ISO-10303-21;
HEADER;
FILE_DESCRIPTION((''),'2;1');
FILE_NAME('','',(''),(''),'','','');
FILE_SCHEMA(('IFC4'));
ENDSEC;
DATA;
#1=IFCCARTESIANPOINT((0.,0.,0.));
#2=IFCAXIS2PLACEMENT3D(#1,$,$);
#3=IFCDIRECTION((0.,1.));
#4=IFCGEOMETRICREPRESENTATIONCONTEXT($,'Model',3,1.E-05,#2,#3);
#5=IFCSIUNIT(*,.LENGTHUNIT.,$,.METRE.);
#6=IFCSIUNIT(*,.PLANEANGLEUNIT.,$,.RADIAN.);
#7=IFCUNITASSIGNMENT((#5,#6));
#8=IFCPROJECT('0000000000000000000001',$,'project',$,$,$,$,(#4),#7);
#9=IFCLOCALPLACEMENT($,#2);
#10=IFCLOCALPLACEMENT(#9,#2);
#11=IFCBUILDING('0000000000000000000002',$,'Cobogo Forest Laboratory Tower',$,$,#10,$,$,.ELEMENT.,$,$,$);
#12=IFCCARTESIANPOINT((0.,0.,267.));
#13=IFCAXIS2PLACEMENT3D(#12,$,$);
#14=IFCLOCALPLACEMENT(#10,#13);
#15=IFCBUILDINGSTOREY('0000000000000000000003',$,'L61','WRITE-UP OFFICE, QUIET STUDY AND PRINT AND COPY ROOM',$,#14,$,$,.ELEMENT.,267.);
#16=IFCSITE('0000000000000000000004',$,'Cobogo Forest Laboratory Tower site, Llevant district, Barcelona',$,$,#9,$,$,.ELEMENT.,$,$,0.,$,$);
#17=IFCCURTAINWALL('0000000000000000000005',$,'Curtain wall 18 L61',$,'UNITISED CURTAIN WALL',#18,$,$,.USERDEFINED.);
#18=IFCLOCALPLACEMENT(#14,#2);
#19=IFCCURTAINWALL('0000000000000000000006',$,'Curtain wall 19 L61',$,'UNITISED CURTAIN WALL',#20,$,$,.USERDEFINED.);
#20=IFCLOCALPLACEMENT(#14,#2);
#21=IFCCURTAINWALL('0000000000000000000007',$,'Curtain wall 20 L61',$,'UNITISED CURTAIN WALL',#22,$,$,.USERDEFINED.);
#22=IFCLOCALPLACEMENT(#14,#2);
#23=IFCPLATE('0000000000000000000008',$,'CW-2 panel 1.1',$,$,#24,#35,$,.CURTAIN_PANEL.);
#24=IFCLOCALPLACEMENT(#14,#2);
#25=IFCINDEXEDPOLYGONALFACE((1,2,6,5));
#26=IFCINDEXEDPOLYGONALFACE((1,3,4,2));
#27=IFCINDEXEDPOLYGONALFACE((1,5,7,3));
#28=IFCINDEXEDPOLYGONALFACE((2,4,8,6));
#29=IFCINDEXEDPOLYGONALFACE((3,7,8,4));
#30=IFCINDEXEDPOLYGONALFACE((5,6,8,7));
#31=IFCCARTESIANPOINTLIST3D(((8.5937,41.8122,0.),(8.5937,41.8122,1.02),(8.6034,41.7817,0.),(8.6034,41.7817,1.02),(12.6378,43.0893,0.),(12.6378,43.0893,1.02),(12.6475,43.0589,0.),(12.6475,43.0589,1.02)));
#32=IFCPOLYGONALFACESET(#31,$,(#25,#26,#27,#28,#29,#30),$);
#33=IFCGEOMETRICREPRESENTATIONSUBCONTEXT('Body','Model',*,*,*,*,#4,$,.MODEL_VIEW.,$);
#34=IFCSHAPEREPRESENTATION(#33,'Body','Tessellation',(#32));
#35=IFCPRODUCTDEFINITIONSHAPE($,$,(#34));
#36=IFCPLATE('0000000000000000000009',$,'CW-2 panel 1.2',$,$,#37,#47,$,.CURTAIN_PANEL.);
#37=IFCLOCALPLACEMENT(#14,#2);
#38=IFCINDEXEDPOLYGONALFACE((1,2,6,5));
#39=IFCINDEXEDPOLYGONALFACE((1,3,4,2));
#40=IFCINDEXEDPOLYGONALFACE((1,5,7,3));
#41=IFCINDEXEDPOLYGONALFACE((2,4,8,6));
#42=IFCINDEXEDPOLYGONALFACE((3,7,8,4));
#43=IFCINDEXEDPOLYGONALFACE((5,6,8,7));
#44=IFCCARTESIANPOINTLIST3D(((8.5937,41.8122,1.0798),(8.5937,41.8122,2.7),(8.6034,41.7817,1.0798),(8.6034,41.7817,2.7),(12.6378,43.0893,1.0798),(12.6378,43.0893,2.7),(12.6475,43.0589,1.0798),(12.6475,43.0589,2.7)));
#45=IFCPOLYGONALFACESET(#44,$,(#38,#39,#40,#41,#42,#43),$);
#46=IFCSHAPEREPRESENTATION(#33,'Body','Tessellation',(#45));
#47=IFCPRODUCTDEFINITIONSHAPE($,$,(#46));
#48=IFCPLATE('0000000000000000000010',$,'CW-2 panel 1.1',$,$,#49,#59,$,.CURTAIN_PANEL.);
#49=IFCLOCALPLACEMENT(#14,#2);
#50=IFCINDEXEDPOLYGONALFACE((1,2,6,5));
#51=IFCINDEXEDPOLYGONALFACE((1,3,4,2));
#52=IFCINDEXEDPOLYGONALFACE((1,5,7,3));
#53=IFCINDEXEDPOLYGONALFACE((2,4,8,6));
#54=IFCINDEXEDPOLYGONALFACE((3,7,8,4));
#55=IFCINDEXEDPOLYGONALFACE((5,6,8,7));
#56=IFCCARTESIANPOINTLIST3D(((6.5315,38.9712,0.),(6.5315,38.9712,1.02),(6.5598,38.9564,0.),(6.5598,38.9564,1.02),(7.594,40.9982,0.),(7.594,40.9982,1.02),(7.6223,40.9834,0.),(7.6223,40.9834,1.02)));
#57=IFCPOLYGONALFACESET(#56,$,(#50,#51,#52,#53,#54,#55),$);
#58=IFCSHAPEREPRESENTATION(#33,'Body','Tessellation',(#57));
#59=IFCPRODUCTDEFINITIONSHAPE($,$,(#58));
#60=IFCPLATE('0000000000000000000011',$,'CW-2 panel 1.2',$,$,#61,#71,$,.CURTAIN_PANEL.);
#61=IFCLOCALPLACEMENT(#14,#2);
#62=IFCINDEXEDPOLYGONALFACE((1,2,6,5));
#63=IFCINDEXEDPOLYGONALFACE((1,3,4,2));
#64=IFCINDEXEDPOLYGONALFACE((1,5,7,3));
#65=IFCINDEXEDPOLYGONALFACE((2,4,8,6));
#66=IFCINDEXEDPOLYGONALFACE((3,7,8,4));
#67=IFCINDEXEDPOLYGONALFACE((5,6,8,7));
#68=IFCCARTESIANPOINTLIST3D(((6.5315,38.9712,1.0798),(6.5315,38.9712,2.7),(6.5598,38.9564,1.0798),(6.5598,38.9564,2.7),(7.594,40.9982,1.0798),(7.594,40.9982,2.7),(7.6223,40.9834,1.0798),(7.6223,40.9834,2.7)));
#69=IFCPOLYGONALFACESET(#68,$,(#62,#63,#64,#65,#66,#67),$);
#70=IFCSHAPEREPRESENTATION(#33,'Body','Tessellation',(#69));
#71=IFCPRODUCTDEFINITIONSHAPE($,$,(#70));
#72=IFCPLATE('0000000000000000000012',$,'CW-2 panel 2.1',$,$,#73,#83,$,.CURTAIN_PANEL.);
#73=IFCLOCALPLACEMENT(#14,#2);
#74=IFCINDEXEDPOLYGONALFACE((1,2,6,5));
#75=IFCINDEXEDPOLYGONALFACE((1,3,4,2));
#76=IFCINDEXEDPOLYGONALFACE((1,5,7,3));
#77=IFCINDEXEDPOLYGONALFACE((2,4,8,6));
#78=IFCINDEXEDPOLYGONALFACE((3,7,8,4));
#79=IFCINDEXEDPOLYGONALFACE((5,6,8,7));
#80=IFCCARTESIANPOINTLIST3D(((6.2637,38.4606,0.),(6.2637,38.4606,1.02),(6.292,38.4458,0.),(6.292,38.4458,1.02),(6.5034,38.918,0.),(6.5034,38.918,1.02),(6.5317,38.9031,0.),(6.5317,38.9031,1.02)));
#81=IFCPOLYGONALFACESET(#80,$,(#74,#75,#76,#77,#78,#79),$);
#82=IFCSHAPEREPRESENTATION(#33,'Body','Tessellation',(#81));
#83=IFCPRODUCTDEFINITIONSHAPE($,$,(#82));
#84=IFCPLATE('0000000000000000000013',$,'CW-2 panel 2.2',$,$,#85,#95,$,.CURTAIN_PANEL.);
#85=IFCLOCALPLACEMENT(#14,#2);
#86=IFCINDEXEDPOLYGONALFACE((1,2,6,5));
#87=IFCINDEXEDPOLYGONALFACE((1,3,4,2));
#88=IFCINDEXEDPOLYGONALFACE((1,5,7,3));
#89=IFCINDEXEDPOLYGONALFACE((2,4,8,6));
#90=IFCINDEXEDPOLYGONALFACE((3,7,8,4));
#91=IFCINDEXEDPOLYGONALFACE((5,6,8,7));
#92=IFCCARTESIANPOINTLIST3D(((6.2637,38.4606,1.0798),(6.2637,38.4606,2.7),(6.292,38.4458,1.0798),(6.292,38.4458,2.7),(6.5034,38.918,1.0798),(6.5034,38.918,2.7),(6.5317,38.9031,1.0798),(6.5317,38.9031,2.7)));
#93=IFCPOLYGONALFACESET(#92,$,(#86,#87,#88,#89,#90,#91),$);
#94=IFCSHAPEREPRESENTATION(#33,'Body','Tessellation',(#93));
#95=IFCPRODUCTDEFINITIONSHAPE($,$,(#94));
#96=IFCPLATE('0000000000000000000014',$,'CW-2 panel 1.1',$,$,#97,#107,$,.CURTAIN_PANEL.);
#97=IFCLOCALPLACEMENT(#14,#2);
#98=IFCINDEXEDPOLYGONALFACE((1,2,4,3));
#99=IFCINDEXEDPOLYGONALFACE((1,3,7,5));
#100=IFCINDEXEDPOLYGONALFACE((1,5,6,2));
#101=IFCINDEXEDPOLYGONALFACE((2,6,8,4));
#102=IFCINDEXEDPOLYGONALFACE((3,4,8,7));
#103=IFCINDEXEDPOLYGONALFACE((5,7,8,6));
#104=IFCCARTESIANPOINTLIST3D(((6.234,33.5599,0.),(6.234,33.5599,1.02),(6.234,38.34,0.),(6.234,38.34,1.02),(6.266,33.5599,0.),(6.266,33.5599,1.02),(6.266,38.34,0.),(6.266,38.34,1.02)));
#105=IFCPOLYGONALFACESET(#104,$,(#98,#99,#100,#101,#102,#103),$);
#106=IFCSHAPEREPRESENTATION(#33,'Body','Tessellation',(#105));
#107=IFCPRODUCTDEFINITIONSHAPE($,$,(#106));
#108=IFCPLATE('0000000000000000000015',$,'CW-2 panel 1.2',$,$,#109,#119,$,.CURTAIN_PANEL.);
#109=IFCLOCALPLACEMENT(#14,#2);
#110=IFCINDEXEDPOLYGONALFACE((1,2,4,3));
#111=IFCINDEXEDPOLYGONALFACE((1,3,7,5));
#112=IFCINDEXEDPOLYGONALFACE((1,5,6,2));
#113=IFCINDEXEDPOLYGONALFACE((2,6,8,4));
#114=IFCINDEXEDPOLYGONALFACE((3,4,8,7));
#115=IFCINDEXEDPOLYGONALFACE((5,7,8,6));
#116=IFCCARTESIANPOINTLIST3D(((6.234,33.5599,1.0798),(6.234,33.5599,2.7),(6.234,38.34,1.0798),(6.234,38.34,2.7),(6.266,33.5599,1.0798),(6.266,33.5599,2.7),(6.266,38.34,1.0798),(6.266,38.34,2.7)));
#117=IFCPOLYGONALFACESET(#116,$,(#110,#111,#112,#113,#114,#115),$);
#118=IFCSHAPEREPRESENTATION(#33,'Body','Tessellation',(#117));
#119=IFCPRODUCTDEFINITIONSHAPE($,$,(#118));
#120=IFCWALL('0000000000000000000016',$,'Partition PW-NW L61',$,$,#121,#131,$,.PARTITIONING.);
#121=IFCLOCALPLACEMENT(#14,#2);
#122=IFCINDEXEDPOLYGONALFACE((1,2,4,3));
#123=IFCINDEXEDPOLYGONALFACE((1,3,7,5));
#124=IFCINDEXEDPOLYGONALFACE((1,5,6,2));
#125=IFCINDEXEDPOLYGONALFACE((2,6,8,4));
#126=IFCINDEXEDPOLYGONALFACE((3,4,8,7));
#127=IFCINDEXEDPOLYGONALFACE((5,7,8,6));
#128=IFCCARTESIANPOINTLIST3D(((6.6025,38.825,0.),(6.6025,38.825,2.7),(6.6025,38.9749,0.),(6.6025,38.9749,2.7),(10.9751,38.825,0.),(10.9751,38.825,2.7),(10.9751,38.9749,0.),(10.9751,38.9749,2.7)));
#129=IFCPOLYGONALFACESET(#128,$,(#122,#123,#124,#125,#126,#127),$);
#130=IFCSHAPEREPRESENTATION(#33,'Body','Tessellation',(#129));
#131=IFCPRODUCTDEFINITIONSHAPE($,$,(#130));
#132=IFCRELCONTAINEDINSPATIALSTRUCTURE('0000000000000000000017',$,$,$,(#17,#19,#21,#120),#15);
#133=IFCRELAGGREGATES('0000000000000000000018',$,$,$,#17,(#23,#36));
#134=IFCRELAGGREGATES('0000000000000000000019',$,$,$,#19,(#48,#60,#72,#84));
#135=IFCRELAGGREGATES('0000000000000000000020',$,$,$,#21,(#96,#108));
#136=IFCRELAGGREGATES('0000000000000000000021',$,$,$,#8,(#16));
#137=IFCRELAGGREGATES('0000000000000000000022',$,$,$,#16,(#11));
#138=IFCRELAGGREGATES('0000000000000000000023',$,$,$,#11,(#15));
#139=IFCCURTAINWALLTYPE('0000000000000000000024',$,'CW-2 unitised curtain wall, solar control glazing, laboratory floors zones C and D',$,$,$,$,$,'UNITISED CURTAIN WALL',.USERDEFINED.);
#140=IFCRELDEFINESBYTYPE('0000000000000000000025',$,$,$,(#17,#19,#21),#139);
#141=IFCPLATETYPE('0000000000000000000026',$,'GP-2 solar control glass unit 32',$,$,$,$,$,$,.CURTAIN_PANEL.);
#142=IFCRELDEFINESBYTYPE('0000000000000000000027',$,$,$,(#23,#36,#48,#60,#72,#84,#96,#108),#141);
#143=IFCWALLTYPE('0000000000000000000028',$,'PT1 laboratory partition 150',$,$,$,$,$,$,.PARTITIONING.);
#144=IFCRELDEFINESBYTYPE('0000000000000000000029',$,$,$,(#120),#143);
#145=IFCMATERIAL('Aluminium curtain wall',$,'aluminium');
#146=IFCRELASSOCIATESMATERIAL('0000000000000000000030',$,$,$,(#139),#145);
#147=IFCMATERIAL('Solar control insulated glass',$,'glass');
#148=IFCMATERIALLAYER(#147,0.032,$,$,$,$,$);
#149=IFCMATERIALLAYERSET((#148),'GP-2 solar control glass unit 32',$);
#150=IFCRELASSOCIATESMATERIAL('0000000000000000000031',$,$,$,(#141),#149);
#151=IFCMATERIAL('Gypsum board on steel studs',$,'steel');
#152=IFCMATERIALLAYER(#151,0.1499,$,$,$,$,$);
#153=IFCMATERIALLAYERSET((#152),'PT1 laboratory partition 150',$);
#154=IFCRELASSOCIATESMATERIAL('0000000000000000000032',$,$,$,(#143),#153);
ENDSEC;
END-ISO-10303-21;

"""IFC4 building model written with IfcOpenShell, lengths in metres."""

from ifc_helpers import new_model, si_unit, direction, frame, frame_2d, origin, origin_2d, place, context, subcontext, project, spatial, rectangle, extrude, material, layer, layer_set, type_object, element, aggregate, save


model = new_model("IFC4")

# Units and contexts
model_context = context("Model", 3, precision=1e-05, world=origin(), true_north=direction((0.0, 1.0)))
body_context = subcontext(model_context, "Body", "Model", "MODEL_VIEW")
ifc_project = project(units=[si_unit("LENGTHUNIT", "METRE"), si_unit("PLANEANGLEUNIT", "RADIAN")], contexts=[model_context])

# Site, building, storey
site_placement = place(None, origin())
site = spatial("IfcSite", under=ifc_project, at=site_placement, Name="Cobogo Forest Laboratory Tower site, Llevant district, Barcelona", CompositionType="ELEMENT", RefElevation=0.0)
building_placement = place(site_placement, origin())
building = spatial("IfcBuilding", under=site, at=building_placement, Name="Cobogo Forest Laboratory Tower", CompositionType="ELEMENT")
storey_placement = place(building_placement, frame((0.0, 0.0, 267.0)))
storey = spatial("IfcBuildingStorey", under=building, at=storey_placement, Name="L61", Description="WRITE-UP OFFICE, QUIET STUDY AND PRINT AND COPY ROOM", CompositionType="ELEMENT", Elevation=267.0)

# Curtain wall
ifc_material_1 = material(Name="Aluminium curtain wall", Category="aluminium")
curtain_wall_type = type_object("IfcCurtainWallType", Name="CW-2 unitised curtain wall, solar control glazing, laboratory floors zones C and D", ElementType="UNITISED CURTAIN WALL", PredefinedType="USERDEFINED", material=ifc_material_1)
curtain_wall_1_placement = place(storey_placement, origin())
curtain_wall_1 = element("IfcCurtainWall", 1, at=curtain_wall_1_placement, inside=storey, type_object=curtain_wall_type, Name="Curtain wall 18 L61", ObjectType="UNITISED CURTAIN WALL", PredefinedType="USERDEFINED")

# Curtain walls
curtain_wall_2_placement = place(storey_placement, origin())
curtain_wall_2 = element("IfcCurtainWall", 2, at=curtain_wall_2_placement, inside=storey, type_object=curtain_wall_type, Name="Curtain wall 19 L61", ObjectType="UNITISED CURTAIN WALL", PredefinedType="USERDEFINED")
curtain_wall_3_placement = place(storey_placement, origin())
curtain_wall_3 = element("IfcCurtainWall", 3, at=curtain_wall_3_placement, inside=storey, type_object=curtain_wall_type, Name="Curtain wall 20 L61", ObjectType="UNITISED CURTAIN WALL", PredefinedType="USERDEFINED")

# Plates
ifc_material_2 = material(Name="Solar control insulated glass", Category="glass")
ifc_layer_1 = layer(ifc_material_2, 0.032)
ifc_layer_set_1 = layer_set([ifc_layer_1], Name="GP-2 solar control glass unit 32")
plate_type = type_object("IfcPlateType", Name="GP-2 solar control glass unit 32", PredefinedType="CURTAIN_PANEL", material=ifc_layer_set_1)
plate_1_placement = place(storey_placement, frame((10.6206, 42.4355, 0.0), z_axis=(0.0, 0.0, 1.0), x_axis=(-0.953581, -0.301135, 0.0)))
plate_1 = element("IfcPlate", 4, at=plate_1_placement, type_object=plate_type, Name="CW-2 panel 1.1", PredefinedType="CURTAIN_PANEL", context=body_context, shape_type="SweptSolid", body=[
    extrude(rectangle(XDim=4.241, YDim=0.032, at=origin_2d()), origin(), (0.0, 0.0, 1.0), 1.02),
])
plate_2_placement = place(storey_placement, frame((10.6206, 42.4355, 1.0798), z_axis=(0.0, 0.0, 1.0), x_axis=(-0.953581, -0.301135, 0.0)))
plate_2 = element("IfcPlate", 5, at=plate_2_placement, type_object=plate_type, Name="CW-2 panel 1.2", PredefinedType="CURTAIN_PANEL", context=body_context, shape_type="SweptSolid", body=[
    extrude(rectangle(XDim=4.241, YDim=0.032, at=origin_2d()), origin(), (0.0, 0.0, 1.0), 1.6201),
])
aggregate(curtain_wall_1, [plate_1, plate_2])
plate_3_placement = place(storey_placement, frame((7.0769, 39.9773, 0.0), z_axis=(0.0, 0.0, 1.0), x_axis=(-0.464284, -0.885686, 0.0)))
plate_3 = element("IfcPlate", 6, at=plate_3_placement, type_object=plate_type, Name="CW-2 panel 1.1", PredefinedType="CURTAIN_PANEL", context=body_context, shape_type="SweptSolid", body=[
    extrude(rectangle(XDim=2.2886, YDim=0.032, at=origin_2d()), origin(), (0.0, 0.0, 1.0), 1.02),
])
plate_4_placement = place(storey_placement, frame((7.0769, 39.9773, 1.0798), z_axis=(0.0, 0.0, 1.0), x_axis=(-0.464284, -0.885686, 0.0)))
plate_4 = element("IfcPlate", 7, at=plate_4_placement, type_object=plate_type, Name="CW-2 panel 1.2", PredefinedType="CURTAIN_PANEL", context=body_context, shape_type="SweptSolid", body=[
    extrude(rectangle(XDim=2.2886, YDim=0.032, at=origin_2d()), origin(), (0.0, 0.0, 1.0), 1.6201),
])
plate_5_placement = place(storey_placement, frame((6.3977, 38.6819, 0.0), z_axis=(0.0, 0.0, 1.0), x_axis=(-0.464284, -0.885686, 0.0)))
plate_5 = element("IfcPlate", 8, at=plate_5_placement, type_object=plate_type, Name="CW-2 panel 2.1", PredefinedType="CURTAIN_PANEL", context=body_context, shape_type="SweptSolid", body=[
    extrude(rectangle(XDim=0.5164, YDim=0.032, at=origin_2d()), origin(), (0.0, 0.0, 1.0), 1.02),
])
plate_6_placement = place(storey_placement, frame((6.3977, 38.6819, 1.0798), z_axis=(0.0, 0.0, 1.0), x_axis=(-0.464284, -0.885686, 0.0)))
plate_6 = element("IfcPlate", 9, at=plate_6_placement, type_object=plate_type, Name="CW-2 panel 2.2", PredefinedType="CURTAIN_PANEL", context=body_context, shape_type="SweptSolid", body=[
    extrude(rectangle(XDim=0.5164, YDim=0.032, at=origin_2d()), origin(), (0.0, 0.0, 1.0), 1.6201),
])
aggregate(curtain_wall_2, [plate_3, plate_4, plate_5, plate_6])
plate_7_placement = place(storey_placement, frame((6.25, 35.95, 0.0), z_axis=(0.0, 0.0, 1.0), x_axis=(0.0, -1.0, 0.0)))
plate_7 = element("IfcPlate", 10, at=plate_7_placement, type_object=plate_type, Name="CW-2 panel 1.1", PredefinedType="CURTAIN_PANEL", context=body_context, shape_type="SweptSolid", body=[
    extrude(rectangle(XDim=4.78, YDim=0.032, at=origin_2d()), origin(), (0.0, 0.0, 1.0), 1.02),
])
plate_8_placement = place(storey_placement, frame((6.25, 35.95, 1.0798), z_axis=(0.0, 0.0, 1.0), x_axis=(0.0, -1.0, 0.0)))
plate_8 = element("IfcPlate", 11, at=plate_8_placement, type_object=plate_type, Name="CW-2 panel 1.2", PredefinedType="CURTAIN_PANEL", context=body_context, shape_type="SweptSolid", body=[
    extrude(rectangle(XDim=4.78, YDim=0.032, at=origin_2d()), origin(), (0.0, 0.0, 1.0), 1.6201),
])
aggregate(curtain_wall_3, [plate_7, plate_8])

# Wall
ifc_material_3 = material(Name="Gypsum board on steel studs", Category="steel")
ifc_layer_2 = layer(ifc_material_3, 0.1499)
ifc_layer_set_2 = layer_set([ifc_layer_2], Name="PT1 laboratory partition 150")
wall_type_1 = type_object("IfcWallType", Name="PT1 laboratory partition 150", PredefinedType="PARTITIONING", material=ifc_layer_set_2)
wall_1_placement = place(storey_placement, frame((6.6025, 38.8999, 0.0), z_axis=(0.0, 0.0, 1.0), x_axis=(1.0, 0.0, 0.0)))
element("IfcWall", 12, at=wall_1_placement, inside=storey, type_object=wall_type_1, Name="Partition PW-NW L61", PredefinedType="PARTITIONING", context=body_context, shape_type="SweptSolid", body=[
    extrude(rectangle(XDim=4.3726, YDim=0.1499, at=frame_2d((2.1863, 0.0))), origin(), (0.0, 0.0, 1.0), 2.7),
])

save(model, "model.ifc")
